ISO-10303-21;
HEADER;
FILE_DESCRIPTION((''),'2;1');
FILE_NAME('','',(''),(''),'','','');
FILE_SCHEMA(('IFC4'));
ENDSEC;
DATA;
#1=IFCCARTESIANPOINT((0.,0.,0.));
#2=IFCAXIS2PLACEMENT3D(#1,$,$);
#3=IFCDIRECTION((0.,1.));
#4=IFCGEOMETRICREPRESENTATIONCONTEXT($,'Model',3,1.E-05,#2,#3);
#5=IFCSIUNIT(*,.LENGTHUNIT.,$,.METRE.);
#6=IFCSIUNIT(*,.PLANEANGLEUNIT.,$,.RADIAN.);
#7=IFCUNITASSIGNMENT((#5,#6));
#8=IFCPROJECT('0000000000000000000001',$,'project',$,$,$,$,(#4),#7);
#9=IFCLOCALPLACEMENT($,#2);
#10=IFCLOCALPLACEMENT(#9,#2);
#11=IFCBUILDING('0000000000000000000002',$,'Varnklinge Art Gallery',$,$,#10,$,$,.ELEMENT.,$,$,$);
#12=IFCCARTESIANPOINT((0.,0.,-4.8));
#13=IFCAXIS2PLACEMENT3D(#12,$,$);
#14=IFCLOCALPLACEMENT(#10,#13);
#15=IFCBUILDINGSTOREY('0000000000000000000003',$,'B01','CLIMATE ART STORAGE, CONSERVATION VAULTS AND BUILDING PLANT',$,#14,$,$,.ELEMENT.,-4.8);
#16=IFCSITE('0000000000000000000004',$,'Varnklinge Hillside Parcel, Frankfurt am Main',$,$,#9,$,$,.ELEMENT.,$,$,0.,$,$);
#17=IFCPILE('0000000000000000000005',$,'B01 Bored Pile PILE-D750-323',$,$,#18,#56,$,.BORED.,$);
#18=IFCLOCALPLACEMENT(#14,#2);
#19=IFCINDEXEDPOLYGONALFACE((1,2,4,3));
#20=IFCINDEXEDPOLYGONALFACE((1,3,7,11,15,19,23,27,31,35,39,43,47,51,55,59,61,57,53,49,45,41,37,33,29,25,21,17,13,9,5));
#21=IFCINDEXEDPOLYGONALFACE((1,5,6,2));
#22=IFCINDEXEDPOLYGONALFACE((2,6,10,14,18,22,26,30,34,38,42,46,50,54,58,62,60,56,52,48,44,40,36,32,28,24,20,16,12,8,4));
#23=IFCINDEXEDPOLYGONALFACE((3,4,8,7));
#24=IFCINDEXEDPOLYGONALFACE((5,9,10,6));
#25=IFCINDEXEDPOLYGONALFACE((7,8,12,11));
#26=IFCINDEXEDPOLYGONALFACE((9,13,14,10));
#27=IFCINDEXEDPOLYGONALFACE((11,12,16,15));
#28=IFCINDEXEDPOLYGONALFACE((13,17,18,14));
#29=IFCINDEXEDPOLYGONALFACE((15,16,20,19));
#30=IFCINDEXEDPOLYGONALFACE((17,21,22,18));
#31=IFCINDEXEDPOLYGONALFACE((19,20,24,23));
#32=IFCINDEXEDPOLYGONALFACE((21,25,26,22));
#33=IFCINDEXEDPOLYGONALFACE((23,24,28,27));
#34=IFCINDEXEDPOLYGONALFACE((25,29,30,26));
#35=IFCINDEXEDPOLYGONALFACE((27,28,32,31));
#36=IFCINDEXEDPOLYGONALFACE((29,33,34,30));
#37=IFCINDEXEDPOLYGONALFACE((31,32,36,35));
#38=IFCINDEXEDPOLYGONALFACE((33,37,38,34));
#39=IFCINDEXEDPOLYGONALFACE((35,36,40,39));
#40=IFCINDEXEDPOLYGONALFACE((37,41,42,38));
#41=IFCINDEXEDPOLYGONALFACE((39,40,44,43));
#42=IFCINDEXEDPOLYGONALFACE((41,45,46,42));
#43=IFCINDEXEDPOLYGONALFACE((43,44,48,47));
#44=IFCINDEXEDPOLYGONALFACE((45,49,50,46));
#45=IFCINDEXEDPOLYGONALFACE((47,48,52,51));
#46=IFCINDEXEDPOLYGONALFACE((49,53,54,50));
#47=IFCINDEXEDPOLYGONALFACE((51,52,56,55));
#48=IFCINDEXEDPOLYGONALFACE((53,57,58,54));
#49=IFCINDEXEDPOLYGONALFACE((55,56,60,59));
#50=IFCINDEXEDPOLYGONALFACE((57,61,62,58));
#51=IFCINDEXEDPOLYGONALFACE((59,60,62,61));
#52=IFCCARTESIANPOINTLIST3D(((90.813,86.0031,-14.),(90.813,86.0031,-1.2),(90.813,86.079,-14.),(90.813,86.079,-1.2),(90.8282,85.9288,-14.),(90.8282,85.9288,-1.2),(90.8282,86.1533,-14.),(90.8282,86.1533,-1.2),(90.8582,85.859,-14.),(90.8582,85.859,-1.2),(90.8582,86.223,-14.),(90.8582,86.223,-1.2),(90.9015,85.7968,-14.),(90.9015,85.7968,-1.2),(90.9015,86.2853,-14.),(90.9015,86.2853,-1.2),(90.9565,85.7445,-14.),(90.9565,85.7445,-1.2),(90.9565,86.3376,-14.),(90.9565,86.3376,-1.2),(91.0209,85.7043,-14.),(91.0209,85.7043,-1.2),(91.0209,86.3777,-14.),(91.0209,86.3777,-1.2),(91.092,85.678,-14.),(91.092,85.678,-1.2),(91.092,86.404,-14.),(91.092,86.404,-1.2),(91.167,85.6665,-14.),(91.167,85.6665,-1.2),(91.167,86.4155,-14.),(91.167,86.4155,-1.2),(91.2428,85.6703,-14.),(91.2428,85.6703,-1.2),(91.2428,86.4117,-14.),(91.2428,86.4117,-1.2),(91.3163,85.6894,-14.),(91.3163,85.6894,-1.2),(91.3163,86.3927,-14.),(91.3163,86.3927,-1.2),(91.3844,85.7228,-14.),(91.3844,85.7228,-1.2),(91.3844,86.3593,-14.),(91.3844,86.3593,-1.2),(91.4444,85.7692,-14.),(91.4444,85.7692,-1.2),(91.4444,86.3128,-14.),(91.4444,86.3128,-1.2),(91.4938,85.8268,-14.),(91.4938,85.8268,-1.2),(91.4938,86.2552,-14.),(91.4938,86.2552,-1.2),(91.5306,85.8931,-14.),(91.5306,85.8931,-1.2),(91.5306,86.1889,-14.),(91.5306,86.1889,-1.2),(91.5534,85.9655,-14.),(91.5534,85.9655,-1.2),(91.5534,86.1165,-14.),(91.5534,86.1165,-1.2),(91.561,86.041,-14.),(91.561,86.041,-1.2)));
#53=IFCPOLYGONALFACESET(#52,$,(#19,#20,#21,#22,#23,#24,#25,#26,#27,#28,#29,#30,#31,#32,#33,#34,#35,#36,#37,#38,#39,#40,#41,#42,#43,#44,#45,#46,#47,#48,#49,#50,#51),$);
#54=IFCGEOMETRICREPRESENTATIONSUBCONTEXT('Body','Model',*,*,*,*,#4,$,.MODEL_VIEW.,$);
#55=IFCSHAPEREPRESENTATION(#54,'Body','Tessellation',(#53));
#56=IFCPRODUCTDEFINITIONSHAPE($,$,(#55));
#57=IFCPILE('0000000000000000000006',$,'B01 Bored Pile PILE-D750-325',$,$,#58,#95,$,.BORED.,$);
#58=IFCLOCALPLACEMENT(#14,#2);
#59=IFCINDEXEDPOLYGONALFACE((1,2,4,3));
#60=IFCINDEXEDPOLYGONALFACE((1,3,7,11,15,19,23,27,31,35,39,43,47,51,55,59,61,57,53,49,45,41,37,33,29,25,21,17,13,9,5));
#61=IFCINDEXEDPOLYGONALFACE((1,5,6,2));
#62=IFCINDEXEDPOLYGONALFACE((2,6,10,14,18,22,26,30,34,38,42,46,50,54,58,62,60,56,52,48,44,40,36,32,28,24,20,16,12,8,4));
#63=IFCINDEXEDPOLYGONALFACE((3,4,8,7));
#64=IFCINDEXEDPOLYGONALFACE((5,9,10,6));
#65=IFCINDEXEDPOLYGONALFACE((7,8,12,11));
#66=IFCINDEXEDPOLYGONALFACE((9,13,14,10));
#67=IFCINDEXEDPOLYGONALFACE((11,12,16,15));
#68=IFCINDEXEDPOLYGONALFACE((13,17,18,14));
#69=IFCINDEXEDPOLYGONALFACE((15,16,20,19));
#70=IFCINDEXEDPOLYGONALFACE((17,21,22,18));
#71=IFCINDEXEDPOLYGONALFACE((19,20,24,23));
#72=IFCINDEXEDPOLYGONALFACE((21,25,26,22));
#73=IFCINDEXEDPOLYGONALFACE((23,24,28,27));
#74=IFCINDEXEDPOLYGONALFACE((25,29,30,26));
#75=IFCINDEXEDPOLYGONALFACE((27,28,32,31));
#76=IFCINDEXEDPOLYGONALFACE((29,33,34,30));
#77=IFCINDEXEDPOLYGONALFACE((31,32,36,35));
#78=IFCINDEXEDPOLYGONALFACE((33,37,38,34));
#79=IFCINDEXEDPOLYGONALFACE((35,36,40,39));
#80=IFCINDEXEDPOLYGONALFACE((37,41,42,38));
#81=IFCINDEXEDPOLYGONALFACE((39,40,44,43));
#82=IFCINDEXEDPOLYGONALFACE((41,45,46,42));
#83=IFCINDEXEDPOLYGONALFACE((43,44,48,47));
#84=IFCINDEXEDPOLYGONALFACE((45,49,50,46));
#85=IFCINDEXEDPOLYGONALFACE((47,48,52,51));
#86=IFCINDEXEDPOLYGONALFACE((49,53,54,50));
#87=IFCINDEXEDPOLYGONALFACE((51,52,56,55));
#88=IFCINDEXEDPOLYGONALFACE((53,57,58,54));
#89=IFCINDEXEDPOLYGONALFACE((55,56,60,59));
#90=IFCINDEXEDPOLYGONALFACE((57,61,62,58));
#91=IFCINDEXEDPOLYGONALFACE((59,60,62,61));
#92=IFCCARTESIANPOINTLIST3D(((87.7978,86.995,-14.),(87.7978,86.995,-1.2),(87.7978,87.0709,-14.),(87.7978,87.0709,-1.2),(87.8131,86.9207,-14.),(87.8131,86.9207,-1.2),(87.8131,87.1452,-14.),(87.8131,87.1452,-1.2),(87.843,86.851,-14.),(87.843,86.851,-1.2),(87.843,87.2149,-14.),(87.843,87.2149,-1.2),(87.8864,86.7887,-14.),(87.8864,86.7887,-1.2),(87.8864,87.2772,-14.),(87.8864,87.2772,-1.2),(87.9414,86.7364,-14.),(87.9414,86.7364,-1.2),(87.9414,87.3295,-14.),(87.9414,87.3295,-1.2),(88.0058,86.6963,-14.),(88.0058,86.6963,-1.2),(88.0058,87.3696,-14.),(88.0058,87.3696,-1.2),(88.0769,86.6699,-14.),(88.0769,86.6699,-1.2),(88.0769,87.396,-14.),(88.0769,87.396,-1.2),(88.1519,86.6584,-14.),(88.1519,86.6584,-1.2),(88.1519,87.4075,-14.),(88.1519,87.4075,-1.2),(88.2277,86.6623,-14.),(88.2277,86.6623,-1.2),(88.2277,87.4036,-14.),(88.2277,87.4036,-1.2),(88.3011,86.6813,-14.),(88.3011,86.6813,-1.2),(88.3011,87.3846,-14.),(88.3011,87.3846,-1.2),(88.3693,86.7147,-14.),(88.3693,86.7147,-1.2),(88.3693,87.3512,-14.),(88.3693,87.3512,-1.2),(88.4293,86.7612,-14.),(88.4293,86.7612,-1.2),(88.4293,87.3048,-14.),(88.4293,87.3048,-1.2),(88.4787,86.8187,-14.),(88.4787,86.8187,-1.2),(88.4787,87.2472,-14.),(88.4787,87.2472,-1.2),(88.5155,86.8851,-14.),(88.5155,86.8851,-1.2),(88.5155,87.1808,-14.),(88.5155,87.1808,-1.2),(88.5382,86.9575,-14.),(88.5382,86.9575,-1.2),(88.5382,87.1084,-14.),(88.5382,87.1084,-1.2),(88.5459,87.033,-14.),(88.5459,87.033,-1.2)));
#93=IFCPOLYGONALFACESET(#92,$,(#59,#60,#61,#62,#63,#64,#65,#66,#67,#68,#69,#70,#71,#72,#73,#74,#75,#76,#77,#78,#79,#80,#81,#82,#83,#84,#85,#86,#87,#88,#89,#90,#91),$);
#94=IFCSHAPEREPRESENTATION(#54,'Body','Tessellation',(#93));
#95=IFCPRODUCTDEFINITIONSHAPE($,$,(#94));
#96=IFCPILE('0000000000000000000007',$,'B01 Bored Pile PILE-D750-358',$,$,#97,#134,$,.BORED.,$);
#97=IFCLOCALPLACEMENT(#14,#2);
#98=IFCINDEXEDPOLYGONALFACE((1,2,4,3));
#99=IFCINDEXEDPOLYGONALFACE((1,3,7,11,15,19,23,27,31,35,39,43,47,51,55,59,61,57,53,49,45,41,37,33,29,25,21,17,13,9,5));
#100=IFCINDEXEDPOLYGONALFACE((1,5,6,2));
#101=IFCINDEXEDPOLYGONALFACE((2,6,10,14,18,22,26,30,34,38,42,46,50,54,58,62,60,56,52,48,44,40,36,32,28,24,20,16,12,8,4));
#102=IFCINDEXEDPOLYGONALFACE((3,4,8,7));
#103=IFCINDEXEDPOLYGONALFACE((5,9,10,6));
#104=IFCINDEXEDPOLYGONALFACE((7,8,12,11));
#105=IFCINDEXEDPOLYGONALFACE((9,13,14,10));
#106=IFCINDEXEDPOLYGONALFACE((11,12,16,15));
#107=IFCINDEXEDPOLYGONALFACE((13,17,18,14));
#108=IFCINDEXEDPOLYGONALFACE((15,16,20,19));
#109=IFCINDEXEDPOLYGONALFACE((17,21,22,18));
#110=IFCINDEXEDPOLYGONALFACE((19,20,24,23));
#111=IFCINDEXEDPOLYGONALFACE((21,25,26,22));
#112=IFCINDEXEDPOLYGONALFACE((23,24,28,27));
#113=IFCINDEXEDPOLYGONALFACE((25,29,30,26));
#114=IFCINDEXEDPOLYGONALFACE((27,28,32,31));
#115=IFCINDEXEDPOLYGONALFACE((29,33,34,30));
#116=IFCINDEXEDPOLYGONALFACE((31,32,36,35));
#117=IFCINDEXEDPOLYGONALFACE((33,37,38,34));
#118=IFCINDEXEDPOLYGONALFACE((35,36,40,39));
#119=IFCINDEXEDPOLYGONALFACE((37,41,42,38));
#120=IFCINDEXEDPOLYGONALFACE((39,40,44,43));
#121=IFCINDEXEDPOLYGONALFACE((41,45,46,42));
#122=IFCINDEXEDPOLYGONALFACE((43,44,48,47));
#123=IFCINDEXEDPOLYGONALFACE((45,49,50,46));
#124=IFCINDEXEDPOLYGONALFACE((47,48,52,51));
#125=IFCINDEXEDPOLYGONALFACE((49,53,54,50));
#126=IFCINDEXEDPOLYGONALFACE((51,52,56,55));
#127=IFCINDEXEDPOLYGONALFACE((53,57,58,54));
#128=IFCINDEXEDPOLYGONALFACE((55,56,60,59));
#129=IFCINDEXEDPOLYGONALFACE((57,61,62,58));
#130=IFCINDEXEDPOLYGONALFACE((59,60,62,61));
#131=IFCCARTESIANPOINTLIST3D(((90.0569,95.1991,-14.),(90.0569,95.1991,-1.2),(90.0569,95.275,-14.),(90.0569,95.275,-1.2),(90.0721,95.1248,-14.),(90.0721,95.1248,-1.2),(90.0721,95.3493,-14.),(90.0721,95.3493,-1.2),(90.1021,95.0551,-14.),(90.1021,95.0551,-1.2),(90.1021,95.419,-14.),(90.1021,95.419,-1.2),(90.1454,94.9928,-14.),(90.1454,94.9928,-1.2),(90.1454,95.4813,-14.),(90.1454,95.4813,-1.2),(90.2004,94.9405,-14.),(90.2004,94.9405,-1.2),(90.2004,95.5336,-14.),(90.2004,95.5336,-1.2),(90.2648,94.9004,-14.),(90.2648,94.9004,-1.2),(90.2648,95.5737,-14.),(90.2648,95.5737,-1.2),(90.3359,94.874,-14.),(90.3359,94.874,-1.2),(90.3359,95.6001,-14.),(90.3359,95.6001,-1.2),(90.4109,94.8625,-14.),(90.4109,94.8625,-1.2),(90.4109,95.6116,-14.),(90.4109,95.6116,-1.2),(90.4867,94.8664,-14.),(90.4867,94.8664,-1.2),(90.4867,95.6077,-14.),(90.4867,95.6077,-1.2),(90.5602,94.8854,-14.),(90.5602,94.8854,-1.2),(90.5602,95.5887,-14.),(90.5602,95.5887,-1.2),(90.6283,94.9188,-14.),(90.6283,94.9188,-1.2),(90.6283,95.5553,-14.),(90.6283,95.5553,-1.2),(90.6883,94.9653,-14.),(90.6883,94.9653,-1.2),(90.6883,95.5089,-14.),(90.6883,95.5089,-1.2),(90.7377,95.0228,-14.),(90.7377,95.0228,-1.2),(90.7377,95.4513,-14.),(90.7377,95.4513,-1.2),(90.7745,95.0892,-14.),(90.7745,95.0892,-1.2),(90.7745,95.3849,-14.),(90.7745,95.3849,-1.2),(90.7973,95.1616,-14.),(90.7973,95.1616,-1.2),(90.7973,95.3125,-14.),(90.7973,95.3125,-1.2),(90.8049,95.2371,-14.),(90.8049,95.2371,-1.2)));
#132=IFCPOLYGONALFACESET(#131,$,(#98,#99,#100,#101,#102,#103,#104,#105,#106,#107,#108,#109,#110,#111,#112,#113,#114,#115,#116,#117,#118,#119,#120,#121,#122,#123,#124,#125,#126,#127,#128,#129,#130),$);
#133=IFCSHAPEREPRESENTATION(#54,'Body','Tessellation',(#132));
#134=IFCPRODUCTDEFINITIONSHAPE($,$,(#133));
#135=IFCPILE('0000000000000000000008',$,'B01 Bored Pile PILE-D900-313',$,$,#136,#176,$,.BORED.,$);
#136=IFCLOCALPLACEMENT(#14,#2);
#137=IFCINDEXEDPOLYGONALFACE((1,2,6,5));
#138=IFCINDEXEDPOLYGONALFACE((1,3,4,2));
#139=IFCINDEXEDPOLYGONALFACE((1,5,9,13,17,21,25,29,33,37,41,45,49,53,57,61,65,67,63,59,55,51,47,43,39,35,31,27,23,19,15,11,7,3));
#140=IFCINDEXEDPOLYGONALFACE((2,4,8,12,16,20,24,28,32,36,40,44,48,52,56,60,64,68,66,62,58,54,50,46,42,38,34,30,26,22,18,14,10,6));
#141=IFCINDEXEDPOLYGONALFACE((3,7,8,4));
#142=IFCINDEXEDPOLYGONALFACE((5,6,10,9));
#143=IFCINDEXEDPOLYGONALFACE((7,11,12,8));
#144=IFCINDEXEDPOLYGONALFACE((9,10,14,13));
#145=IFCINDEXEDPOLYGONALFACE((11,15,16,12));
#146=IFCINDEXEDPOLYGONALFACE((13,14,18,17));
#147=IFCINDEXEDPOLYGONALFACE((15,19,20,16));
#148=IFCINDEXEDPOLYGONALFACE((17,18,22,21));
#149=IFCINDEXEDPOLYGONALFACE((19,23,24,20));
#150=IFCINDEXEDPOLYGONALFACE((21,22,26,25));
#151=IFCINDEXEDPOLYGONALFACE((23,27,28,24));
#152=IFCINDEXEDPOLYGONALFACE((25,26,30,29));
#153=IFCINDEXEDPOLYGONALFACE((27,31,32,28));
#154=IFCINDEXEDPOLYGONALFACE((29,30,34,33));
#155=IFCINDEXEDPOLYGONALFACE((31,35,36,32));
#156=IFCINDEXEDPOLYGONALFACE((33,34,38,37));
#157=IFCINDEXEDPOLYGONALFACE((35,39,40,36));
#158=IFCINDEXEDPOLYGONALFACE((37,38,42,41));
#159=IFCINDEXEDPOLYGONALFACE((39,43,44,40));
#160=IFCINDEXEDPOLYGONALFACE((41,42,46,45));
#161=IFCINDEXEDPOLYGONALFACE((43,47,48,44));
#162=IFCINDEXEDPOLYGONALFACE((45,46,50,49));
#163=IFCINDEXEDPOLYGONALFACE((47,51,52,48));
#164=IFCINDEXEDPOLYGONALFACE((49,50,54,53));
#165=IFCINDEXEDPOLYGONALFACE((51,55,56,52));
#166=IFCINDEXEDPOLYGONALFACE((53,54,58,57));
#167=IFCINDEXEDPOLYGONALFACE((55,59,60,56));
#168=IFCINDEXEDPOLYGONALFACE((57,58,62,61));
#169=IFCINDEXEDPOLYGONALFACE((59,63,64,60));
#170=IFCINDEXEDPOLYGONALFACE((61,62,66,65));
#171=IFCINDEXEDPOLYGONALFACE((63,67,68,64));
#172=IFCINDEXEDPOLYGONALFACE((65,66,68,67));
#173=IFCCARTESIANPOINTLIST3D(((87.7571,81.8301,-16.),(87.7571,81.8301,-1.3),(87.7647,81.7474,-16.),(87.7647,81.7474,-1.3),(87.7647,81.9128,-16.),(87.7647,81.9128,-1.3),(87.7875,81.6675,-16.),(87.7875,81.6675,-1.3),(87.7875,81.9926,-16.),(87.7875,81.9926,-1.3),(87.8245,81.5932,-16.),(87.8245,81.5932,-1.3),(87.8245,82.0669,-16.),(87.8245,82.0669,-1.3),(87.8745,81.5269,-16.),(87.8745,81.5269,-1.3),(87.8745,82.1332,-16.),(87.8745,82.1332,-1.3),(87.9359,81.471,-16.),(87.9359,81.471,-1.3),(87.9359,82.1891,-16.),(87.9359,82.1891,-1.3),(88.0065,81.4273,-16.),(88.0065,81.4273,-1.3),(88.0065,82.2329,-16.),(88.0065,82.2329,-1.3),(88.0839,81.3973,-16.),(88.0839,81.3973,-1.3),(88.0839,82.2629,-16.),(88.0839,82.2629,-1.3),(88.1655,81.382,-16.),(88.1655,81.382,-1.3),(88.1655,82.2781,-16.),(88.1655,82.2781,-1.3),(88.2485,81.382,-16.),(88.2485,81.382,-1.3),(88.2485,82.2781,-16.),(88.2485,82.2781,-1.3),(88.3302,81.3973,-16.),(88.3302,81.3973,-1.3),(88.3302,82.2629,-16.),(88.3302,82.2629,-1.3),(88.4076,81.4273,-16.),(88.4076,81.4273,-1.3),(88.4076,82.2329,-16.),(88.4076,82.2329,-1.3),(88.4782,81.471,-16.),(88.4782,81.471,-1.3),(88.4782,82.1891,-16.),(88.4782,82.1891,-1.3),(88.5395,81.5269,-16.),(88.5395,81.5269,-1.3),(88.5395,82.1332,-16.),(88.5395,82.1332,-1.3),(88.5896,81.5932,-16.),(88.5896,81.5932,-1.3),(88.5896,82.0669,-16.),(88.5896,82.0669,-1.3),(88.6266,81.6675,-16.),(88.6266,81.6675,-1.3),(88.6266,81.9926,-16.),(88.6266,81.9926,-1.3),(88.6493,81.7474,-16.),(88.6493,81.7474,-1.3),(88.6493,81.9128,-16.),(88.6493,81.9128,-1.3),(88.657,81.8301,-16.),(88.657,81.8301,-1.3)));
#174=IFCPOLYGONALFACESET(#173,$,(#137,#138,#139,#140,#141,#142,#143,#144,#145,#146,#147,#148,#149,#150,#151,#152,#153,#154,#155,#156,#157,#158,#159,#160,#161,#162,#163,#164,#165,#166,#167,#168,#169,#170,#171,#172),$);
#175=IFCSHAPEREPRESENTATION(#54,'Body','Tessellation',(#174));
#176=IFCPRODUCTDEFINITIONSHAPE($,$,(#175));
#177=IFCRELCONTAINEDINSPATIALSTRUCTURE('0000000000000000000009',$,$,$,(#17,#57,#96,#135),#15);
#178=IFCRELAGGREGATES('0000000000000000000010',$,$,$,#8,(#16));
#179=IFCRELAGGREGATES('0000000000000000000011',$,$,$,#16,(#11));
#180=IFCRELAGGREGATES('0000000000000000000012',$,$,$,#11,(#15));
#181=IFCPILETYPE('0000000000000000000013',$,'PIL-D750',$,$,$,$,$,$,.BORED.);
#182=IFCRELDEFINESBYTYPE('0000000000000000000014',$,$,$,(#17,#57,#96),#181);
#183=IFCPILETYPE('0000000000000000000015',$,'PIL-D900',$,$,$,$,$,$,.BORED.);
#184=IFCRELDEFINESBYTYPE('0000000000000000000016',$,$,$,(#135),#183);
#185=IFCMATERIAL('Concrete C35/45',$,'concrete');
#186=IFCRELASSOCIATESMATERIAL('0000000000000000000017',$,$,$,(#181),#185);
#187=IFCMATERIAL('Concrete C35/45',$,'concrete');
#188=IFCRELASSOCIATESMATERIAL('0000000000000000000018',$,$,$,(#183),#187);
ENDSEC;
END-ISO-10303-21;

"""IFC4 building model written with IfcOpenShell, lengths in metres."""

from ifc_helpers import new_model, si_unit, direction, frame, origin, origin_2d, place, context, subcontext, project, spatial, circle, extrude, material, material_profile, profile_set, type_object, element, save


model = new_model("IFC4")

# Units and contexts
model_context = context("Model", 3, precision=1e-05, world=origin(), true_north=direction((0.0, 1.0)))
body_context = subcontext(model_context, "Body", "Model", "MODEL_VIEW")
ifc_project = project(units=[si_unit("LENGTHUNIT", "METRE"), si_unit("PLANEANGLEUNIT", "RADIAN")], contexts=[model_context])

# Site, building, storey
site_placement = place(None, origin())
site = spatial("IfcSite", under=ifc_project, at=site_placement, Name="Varnklinge Hillside Parcel, Frankfurt am Main", CompositionType="ELEMENT", RefElevation=0.0)
building_placement = place(site_placement, origin())
building = spatial("IfcBuilding", under=site, at=building_placement, Name="Varnklinge Art Gallery", CompositionType="ELEMENT")
storey_placement = place(building_placement, frame((0.0, 0.0, -4.8)))
storey = spatial("IfcBuildingStorey", under=building, at=storey_placement, Name="B01", Description="CLIMATE ART STORAGE, CONSERVATION VAULTS AND BUILDING PLANT", CompositionType="ELEMENT", Elevation=-4.8)

# Piles
ifc_material_1 = material(Name="Concrete C35/45", Category="concrete")
ifc_material_profile_1 = material_profile(ifc_material_1, circle(Radius=0.375, at=origin_2d()), Name="PILE D750")
ifc_profile_set_1 = profile_set([ifc_material_profile_1], Name="Concrete C35/45")
pile_type_1 = type_object("IfcPileType", Name="PIL-D750", PredefinedType="BORED", material=ifc_profile_set_1)
for number, where, z_axis, x_axis, name in (
    (1, (91.186, 86.041, -1.2), (0.0, 0.0, -1.0), (1.0, 0.0, 0.0), "B01 Bored Pile PILE-D750-323"),
    (2, (88.1709, 87.033, -1.2), (0.0, 0.0, -1.0), (1.0, 0.0, 0.0), "B01 Bored Pile PILE-D750-325"),
    (3, (90.4299, 95.2371, -1.2), (0.0, 0.0, -1.0), (1.0, 0.0, 0.0), "B01 Bored Pile PILE-D750-358"),
):
    element("IfcPile", number, at=place(storey_placement, frame(where, z_axis=z_axis, x_axis=x_axis)), inside=storey, type_object=pile_type_1, Name=name, PredefinedType="BORED", context=body_context, shape_type="SweptSolid", body=[
        extrude(circle(Radius=0.375, at=origin_2d()), origin(), (0.0, 0.0, 1.0), 12.8),
    ])
ifc_material_2 = material(Name="Concrete C35/45", Category="concrete")
ifc_material_profile_2 = material_profile(ifc_material_2, circle(Radius=0.45, at=origin_2d()), Name="PILE D900")
ifc_profile_set_2 = profile_set([ifc_material_profile_2], Name="Concrete C35/45")
pile_type_2 = type_object("IfcPileType", Name="PIL-D900", PredefinedType="BORED", material=ifc_profile_set_2)
for number, where, z_axis, x_axis, name in (
    (4, (88.207, 81.8301, -1.3), (0.0, 0.0, -1.0), (1.0, 0.0, 0.0), "B01 Bored Pile PILE-D900-313"),
):
    element("IfcPile", number, at=place(storey_placement, frame(where, z_axis=z_axis, x_axis=x_axis)), inside=storey, type_object=pile_type_2, Name=name, PredefinedType="BORED", context=body_context, shape_type="SweptSolid", body=[
        extrude(circle(Radius=0.45, at=origin_2d()), origin(), (0.0, 0.0, 1.0), 14.7),
    ])

save(model, "model.ifc")
